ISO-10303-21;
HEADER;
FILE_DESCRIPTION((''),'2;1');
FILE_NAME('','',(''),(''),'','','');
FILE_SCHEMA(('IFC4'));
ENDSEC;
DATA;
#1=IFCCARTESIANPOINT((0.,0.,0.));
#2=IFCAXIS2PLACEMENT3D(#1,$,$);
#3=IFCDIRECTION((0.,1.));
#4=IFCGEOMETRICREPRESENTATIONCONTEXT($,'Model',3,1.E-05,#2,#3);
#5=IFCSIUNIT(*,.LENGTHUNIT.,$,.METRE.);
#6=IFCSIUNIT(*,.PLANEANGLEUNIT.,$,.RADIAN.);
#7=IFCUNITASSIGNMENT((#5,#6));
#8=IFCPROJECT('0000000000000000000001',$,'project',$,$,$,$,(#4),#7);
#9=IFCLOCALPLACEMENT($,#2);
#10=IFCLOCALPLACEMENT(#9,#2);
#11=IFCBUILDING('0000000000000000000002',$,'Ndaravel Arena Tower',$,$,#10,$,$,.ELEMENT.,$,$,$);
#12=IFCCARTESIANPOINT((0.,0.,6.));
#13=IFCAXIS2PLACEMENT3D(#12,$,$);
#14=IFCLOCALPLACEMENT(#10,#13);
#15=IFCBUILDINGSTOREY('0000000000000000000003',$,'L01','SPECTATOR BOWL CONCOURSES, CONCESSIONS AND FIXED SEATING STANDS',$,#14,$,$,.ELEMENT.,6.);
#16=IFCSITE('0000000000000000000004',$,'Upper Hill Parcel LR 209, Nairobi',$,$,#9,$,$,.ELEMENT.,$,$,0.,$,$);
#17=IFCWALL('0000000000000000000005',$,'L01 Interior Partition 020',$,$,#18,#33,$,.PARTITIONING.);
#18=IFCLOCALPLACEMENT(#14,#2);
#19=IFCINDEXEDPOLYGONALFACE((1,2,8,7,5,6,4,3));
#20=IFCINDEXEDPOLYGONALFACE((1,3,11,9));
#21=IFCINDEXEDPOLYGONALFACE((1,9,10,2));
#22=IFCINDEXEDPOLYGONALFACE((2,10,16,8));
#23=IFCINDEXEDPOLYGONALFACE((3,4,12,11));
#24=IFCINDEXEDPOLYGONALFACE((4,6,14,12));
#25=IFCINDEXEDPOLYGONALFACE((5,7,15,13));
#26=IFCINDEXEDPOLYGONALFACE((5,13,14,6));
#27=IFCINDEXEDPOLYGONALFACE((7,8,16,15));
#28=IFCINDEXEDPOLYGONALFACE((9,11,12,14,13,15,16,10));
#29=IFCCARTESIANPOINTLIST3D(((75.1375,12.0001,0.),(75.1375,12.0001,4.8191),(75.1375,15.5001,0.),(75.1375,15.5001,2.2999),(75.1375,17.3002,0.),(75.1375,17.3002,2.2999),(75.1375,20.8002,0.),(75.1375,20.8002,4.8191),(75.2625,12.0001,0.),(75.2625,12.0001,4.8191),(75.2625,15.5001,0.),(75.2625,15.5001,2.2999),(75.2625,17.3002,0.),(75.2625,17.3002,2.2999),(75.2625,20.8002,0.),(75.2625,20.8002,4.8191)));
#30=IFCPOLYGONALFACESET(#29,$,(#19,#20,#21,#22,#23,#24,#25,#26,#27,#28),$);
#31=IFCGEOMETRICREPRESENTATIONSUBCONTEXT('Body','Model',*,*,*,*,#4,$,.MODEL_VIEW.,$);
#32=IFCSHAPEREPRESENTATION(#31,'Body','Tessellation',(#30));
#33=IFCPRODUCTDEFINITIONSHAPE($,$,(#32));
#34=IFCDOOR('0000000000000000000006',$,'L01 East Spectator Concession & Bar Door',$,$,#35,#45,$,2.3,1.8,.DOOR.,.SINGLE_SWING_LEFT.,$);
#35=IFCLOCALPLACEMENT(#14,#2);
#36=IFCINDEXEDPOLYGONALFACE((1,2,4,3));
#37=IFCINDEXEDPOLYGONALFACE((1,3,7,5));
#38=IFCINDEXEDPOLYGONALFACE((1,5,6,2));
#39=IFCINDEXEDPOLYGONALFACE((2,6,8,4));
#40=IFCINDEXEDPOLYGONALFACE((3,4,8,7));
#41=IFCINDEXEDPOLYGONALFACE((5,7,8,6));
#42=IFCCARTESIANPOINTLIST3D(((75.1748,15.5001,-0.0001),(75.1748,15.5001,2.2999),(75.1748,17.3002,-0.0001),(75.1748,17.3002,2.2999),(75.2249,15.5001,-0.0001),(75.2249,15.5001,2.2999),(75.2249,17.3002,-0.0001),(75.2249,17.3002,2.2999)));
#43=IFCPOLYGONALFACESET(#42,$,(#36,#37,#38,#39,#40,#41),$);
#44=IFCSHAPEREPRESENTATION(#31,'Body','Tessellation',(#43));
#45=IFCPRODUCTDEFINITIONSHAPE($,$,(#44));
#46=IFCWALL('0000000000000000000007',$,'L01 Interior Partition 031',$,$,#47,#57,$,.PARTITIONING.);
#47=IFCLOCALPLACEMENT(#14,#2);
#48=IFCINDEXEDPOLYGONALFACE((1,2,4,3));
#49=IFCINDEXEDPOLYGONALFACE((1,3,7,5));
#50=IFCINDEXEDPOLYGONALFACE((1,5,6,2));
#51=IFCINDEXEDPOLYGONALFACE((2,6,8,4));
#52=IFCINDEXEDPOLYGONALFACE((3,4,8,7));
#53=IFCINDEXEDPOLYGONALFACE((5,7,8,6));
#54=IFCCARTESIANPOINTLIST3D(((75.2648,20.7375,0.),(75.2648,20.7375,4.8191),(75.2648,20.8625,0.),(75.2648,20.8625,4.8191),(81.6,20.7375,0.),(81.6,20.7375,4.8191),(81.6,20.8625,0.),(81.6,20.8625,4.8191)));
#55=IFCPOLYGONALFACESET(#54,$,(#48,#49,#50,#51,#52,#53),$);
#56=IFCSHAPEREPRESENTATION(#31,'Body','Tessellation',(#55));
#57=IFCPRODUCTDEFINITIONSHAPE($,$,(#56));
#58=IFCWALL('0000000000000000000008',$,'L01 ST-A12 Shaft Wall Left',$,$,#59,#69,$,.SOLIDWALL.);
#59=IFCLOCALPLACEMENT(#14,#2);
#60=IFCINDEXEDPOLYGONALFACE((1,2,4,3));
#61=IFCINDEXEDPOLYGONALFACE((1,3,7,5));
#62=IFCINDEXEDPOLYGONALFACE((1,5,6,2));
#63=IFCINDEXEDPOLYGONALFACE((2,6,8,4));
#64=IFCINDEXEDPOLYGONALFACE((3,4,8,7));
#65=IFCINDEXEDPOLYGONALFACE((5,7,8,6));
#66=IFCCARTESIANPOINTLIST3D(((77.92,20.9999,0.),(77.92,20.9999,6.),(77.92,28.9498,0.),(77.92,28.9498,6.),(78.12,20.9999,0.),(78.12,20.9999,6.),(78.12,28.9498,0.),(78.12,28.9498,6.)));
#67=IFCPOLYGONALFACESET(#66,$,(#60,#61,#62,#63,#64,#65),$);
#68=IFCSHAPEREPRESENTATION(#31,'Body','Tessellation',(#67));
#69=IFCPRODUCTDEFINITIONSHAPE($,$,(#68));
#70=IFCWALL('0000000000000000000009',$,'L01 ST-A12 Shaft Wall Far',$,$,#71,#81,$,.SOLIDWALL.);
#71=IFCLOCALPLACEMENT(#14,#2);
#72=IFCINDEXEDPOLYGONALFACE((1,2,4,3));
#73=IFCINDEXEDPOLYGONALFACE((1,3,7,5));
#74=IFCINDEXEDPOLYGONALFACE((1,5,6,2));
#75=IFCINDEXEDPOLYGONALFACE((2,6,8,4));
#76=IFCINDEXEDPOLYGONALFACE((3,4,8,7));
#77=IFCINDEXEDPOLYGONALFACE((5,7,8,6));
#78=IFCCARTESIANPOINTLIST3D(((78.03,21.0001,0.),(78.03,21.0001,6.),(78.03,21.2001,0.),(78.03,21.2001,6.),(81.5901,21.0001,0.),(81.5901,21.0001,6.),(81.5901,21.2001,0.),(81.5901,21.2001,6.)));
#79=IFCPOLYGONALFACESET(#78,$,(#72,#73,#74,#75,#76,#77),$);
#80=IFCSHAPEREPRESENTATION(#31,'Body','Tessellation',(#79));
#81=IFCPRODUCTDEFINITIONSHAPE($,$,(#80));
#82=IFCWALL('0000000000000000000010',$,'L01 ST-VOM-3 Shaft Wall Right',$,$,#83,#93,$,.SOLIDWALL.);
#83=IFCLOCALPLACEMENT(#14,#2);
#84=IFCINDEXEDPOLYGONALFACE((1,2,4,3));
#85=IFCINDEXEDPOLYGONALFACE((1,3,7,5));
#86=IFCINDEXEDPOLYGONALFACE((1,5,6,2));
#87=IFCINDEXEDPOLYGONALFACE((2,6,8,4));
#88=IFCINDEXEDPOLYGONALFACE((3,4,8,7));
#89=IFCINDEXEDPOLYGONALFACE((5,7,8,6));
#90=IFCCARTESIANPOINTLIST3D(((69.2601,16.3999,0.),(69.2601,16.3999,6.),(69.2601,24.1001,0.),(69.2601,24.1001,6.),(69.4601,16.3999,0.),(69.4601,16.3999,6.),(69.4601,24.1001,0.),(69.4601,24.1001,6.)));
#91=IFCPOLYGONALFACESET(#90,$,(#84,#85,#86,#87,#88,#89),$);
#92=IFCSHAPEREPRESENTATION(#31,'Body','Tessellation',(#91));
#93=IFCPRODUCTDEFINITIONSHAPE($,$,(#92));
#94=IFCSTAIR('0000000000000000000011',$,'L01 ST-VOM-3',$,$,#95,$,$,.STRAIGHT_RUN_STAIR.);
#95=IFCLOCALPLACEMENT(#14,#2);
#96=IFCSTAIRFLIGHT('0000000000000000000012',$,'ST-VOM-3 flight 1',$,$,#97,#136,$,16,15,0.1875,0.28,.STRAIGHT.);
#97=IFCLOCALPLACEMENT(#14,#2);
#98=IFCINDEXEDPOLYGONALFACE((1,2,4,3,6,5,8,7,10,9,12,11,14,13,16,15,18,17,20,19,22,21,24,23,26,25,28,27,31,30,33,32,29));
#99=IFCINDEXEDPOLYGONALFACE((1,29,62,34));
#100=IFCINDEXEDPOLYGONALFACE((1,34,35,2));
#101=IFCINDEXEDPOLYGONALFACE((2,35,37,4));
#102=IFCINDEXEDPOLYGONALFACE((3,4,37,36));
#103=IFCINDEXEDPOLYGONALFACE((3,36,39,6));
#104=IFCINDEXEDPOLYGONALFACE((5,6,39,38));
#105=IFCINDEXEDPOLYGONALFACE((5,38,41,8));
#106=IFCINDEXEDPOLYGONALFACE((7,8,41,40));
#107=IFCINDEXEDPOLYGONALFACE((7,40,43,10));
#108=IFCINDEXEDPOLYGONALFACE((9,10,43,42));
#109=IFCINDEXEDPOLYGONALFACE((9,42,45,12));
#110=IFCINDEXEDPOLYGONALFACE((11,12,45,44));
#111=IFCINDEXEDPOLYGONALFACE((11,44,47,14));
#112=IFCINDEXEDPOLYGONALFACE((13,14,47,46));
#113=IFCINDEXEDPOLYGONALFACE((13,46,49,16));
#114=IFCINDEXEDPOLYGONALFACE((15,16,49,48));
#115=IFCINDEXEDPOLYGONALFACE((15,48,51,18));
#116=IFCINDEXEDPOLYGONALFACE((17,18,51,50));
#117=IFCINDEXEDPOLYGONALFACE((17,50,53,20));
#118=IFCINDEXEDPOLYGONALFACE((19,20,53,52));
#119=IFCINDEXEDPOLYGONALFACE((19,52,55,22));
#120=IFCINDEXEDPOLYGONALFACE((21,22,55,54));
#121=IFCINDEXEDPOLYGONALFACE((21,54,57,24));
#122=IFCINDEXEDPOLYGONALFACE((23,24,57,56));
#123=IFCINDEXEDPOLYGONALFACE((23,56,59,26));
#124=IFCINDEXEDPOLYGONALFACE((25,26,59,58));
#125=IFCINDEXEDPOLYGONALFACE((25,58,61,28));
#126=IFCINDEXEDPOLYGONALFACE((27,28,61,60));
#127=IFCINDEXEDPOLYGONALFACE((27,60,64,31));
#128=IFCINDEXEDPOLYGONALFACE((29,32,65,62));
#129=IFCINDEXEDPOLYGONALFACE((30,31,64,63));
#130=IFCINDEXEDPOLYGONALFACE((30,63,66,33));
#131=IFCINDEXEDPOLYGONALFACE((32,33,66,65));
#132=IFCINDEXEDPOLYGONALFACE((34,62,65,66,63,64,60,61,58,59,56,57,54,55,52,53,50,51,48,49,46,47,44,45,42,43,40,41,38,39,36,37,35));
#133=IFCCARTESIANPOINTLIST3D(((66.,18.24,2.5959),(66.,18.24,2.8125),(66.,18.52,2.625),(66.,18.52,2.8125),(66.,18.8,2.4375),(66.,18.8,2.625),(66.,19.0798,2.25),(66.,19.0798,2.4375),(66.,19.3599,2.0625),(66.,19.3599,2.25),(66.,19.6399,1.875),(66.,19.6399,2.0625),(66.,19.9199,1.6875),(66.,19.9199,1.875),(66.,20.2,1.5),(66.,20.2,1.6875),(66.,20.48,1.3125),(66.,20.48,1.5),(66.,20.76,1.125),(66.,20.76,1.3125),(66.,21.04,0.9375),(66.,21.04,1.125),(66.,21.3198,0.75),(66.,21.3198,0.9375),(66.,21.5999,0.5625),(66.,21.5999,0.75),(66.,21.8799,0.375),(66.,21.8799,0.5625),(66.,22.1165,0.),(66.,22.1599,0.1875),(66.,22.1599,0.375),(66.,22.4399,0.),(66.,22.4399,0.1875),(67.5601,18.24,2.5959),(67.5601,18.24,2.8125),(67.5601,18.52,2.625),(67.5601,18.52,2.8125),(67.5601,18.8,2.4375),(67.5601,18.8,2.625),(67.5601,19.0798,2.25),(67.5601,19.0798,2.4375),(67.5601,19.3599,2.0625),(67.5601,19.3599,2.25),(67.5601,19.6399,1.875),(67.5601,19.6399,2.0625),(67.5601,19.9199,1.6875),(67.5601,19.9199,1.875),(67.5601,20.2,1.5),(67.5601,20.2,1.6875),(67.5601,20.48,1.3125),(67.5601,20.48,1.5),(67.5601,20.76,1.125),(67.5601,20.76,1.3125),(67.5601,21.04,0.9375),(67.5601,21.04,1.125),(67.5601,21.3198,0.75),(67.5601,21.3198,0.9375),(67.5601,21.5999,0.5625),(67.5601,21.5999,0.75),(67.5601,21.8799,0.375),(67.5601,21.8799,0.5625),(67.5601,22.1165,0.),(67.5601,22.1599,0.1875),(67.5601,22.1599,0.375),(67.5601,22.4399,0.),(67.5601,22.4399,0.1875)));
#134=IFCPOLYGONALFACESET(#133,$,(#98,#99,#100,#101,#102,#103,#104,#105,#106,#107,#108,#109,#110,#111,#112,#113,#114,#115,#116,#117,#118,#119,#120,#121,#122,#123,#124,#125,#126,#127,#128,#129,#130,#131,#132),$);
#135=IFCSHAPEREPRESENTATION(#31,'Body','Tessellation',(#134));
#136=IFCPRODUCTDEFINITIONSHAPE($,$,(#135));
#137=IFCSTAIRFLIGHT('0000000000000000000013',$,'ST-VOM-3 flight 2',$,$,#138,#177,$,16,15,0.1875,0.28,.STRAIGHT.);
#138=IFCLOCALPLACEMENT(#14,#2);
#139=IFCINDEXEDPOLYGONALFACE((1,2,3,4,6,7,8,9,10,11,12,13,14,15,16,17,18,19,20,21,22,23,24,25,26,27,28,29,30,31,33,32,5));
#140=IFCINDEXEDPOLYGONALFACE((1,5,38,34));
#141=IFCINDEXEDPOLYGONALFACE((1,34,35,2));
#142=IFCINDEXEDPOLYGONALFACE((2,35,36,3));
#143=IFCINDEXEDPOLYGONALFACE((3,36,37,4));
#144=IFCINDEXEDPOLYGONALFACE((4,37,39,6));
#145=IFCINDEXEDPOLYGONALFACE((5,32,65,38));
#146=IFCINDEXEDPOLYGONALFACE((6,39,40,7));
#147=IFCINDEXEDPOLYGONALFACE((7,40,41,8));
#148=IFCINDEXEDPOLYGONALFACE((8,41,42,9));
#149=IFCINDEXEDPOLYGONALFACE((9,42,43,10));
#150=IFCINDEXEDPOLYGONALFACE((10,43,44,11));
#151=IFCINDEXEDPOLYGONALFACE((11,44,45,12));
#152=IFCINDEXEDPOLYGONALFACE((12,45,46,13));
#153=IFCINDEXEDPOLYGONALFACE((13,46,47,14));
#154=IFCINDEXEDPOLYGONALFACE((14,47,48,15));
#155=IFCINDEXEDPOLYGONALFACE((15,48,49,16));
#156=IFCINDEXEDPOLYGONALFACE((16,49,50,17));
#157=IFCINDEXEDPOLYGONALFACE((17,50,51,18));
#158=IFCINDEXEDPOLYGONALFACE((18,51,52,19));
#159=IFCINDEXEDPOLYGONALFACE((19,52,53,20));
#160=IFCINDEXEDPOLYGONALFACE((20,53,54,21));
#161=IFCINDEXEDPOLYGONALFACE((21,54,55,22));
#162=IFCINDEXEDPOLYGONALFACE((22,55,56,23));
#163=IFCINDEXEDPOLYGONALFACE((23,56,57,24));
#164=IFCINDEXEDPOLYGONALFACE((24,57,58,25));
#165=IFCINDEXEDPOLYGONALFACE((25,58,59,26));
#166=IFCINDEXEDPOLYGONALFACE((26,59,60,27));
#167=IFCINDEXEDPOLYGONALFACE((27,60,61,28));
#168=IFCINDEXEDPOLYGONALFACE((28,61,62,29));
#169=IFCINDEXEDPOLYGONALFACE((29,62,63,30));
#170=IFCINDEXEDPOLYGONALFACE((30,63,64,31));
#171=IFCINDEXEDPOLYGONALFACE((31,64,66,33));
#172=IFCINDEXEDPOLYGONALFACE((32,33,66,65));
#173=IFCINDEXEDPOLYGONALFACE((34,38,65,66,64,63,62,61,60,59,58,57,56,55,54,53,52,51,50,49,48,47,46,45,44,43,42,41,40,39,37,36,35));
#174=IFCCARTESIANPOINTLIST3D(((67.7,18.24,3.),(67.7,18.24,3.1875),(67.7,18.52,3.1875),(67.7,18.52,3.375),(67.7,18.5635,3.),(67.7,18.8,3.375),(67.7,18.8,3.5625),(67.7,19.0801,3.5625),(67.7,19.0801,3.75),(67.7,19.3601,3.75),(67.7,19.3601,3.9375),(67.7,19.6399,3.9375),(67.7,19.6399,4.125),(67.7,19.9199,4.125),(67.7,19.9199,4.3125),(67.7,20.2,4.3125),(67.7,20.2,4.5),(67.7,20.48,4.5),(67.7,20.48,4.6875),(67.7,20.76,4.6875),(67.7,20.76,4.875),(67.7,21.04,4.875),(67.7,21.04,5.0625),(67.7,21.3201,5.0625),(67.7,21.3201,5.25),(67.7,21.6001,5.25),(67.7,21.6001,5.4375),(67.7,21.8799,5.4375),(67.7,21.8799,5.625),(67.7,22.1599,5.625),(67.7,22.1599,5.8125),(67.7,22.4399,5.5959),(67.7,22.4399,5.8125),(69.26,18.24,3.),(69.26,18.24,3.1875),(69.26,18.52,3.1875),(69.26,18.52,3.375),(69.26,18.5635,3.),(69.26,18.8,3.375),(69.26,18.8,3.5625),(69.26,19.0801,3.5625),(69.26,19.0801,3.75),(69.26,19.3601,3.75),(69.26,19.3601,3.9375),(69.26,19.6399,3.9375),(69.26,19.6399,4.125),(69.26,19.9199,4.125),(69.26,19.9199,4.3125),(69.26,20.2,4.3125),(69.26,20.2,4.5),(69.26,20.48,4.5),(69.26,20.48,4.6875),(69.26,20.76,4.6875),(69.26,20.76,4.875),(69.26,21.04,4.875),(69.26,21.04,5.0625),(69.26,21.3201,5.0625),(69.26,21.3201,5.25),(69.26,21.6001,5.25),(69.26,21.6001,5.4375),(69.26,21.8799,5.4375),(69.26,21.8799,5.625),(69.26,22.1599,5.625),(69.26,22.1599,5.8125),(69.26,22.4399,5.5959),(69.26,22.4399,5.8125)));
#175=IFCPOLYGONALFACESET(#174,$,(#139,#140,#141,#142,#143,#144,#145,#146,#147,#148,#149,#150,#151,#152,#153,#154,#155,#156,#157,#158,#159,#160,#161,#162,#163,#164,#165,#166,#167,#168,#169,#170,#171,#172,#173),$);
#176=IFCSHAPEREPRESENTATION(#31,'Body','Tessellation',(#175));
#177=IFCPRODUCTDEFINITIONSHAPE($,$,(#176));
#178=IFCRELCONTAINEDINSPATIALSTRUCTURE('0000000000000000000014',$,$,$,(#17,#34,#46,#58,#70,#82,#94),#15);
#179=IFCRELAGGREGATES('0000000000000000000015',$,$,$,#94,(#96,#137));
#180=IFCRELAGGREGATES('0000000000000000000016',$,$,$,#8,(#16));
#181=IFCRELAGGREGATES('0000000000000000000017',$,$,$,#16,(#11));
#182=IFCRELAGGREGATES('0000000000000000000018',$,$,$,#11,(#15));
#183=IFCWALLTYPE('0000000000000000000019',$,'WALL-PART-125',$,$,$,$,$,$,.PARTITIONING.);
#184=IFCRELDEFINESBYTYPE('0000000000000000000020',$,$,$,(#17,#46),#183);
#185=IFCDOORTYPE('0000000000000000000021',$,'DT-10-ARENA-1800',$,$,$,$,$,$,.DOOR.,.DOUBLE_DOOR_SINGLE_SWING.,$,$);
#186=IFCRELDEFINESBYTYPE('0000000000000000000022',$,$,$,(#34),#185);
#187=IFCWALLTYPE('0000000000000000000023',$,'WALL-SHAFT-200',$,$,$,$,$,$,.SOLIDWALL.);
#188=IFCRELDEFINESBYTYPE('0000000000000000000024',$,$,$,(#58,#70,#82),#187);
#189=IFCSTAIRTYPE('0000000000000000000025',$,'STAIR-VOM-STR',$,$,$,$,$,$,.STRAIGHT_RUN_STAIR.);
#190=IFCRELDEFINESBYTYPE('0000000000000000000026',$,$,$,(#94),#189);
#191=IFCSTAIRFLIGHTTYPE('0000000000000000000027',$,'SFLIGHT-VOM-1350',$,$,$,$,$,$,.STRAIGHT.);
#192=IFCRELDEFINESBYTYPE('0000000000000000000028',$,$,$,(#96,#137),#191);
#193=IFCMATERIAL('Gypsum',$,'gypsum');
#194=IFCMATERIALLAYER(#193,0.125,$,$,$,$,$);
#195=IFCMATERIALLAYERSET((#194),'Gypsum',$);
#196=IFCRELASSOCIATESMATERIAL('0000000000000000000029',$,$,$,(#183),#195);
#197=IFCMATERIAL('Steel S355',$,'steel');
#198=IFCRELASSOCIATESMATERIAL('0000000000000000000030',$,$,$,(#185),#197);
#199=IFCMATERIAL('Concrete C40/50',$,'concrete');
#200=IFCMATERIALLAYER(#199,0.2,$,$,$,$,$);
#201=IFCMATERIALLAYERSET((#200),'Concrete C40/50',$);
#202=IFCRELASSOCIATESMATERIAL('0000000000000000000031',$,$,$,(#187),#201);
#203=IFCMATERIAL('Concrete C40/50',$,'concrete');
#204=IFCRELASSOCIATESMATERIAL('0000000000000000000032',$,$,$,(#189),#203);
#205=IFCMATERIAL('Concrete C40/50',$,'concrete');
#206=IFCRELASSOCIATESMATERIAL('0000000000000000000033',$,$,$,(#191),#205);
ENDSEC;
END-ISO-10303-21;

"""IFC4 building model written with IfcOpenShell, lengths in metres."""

from ifc_helpers import new_model, si_unit, direction, frame, frame_2d, origin, place, context, subcontext, project, spatial, polyline, rectangle, outline, extrude, material, layer, layer_set, type_object, element, fill, aggregate, save


model = new_model("IFC4")

# Units and contexts
model_context = context("Model", 3, precision=1e-05, world=origin(), true_north=direction((0.0, 1.0)))
body_context = subcontext(model_context, "Body", "Model", "MODEL_VIEW")
ifc_project = project(units=[si_unit("LENGTHUNIT", "METRE"), si_unit("PLANEANGLEUNIT", "RADIAN")], contexts=[model_context])

# Site, building, storey
site_placement = place(None, origin())
site = spatial("IfcSite", under=ifc_project, at=site_placement, Name="Upper Hill Parcel LR 209, Nairobi", CompositionType="ELEMENT", RefElevation=0.0)
building_placement = place(site_placement, origin())
building = spatial("IfcBuilding", under=site, at=building_placement, Name="Ndaravel Arena Tower", CompositionType="ELEMENT")
storey_placement = place(building_placement, frame((0.0, 0.0, 6.0)))
storey = spatial("IfcBuildingStorey", under=building, at=storey_placement, Name="L01", Description="SPECTATOR BOWL CONCOURSES, CONCESSIONS AND FIXED SEATING STANDS", CompositionType="ELEMENT", Elevation=6.0)

# Wall, opening, door
ifc_material_1 = material(Name="Gypsum", Category="gypsum")
ifc_layer_1 = layer(ifc_material_1, 0.125)
ifc_layer_set_1 = layer_set([ifc_layer_1], Name="Gypsum")
wall_type_1 = type_object("IfcWallType", Name="WALL-PART-125", PredefinedType="PARTITIONING", material=ifc_layer_set_1)
wall_1_placement = place(storey_placement, frame((75.2, 20.8, 0.0), z_axis=(0.0, 0.0, 1.0), x_axis=(0.0, -1.0, 0.0)))
wall_1 = element("IfcWall", 1, at=wall_1_placement, inside=storey, type_object=wall_type_1, Name="L01 Interior Partition 020", PredefinedType="PARTITIONING", context=body_context, shape_type="SweptSolid", body=[
    extrude(rectangle(XDim=8.8, YDim=0.125, at=frame_2d((4.3999, 0.0))), origin(), (0.0, 0.0, 1.0), 4.8191),
])
opening_placement = place(wall_1_placement, frame((3.5, 0.0, 0.0)))
opening = element("IfcOpeningElement", 2, at=opening_placement, cuts=wall_1, PredefinedType="OPENING", context=body_context, shape_type="SweptSolid", body=[
    extrude(rectangle(XDim=1.8, YDim=2.3, at=frame_2d((0.8999, 1.1499))), frame((0.0, 0.0625, 0.0), z_axis=(0.0, -1.0, 0.0), x_axis=(1.0, 0.0, 0.0)), (0.0, 0.0, 1.0), 0.125),
])
ifc_material_2 = material(Name="Steel S355", Category="steel")
door_type = type_object("IfcDoorType", Name="DT-10-ARENA-1800", OperationType="DOUBLE_DOOR_SINGLE_SWING", PredefinedType="DOOR", material=ifc_material_2)
door_placement = place(opening_placement, origin())
door = element("IfcDoor", 3, at=door_placement, inside=storey, type_object=door_type, Name="L01 East Spectator Concession & Bar Door", OperationType="SINGLE_SWING_LEFT", OverallHeight=2.3, OverallWidth=1.8, PredefinedType="DOOR", context=body_context, shape_type="SweptSolid", body=[
    extrude(rectangle(XDim=1.8, YDim=2.3, at=frame_2d((0.8999, 1.1499))), frame((0.0, 0.0249, 0.0), z_axis=(0.0, -1.0, 0.0), x_axis=(1.0, 0.0, 0.0)), (0.0, 0.0, 1.0), 0.05),
])
fill(opening, door)

# Walls
wall_2_placement = place(storey_placement, frame((75.2649, 20.8, 0.0), z_axis=(0.0, 0.0, 1.0), x_axis=(1.0, 0.0, 0.0)))
element("IfcWall", 4, at=wall_2_placement, inside=storey, type_object=wall_type_1, Name="L01 Interior Partition 031", PredefinedType="PARTITIONING", context=body_context, shape_type="SweptSolid", body=[
    extrude(rectangle(XDim=6.3352, YDim=0.125, at=frame_2d((3.1675, 0.0))), origin(), (0.0, 0.0, 1.0), 4.8191),
])
ifc_material_3 = material(Name="Concrete C40/50", Category="concrete")
ifc_layer_2 = layer(ifc_material_3, 0.2)
ifc_layer_set_2 = layer_set([ifc_layer_2], Name="Concrete C40/50")
wall_type_2 = type_object("IfcWallType", Name="WALL-SHAFT-200", PredefinedType="SOLIDWALL", material=ifc_layer_set_2)
wall_3_placement = place(storey_placement, frame((78.02, 28.95, 0.0), z_axis=(0.0, 0.0, 1.0), x_axis=(0.0, -1.0, 0.0)))
element("IfcWall", 5, at=wall_3_placement, inside=storey, type_object=wall_type_2, Name="L01 ST-A12 Shaft Wall Left", PredefinedType="SOLIDWALL", context=body_context, shape_type="SweptSolid", body=[
    extrude(rectangle(XDim=7.95, YDim=0.2, at=frame_2d((3.9751, 0.0))), origin(), (0.0, 0.0, 1.0), 6.0),
])
wall_4_placement = place(storey_placement, frame((78.03, 21.1001, 0.0), z_axis=(0.0, 0.0, 1.0), x_axis=(1.0, 0.0, 0.0)))
element("IfcWall", 6, at=wall_4_placement, inside=storey, type_object=wall_type_2, Name="L01 ST-A12 Shaft Wall Far", PredefinedType="SOLIDWALL", context=body_context, shape_type="SweptSolid", body=[
    extrude(rectangle(XDim=3.5601, YDim=0.2, at=frame_2d((1.78, 0.0))), origin(), (0.0, 0.0, 1.0), 6.0),
])
wall_5_placement = place(storey_placement, frame((69.3601, 24.1001, 0.0), z_axis=(0.0, 0.0, 1.0), x_axis=(0.0, -1.0, 0.0)))
element("IfcWall", 7, at=wall_5_placement, inside=storey, type_object=wall_type_2, Name="L01 ST-VOM-3 Shaft Wall Right", PredefinedType="SOLIDWALL", context=body_context, shape_type="SweptSolid", body=[
    extrude(rectangle(XDim=7.7002, YDim=0.2, at=frame_2d((3.8501, 0.0))), origin(), (0.0, 0.0, 1.0), 6.0),
])

# Stair, stair flights
ifc_material_4 = material(Name="Concrete C40/50", Category="concrete")
stair_type = type_object("IfcStairType", Name="STAIR-VOM-STR", PredefinedType="STRAIGHT_RUN_STAIR", material=ifc_material_4)
stair_placement = place(storey_placement, origin())
stair = element("IfcStair", 8, at=stair_placement, inside=storey, type_object=stair_type, Name="L01 ST-VOM-3", PredefinedType="STRAIGHT_RUN_STAIR")
ifc_material_5 = material(Name="Concrete C40/50", Category="concrete")
stair_flight_type = type_object("IfcStairFlightType", Name="SFLIGHT-VOM-1350", PredefinedType="STRAIGHT", material=ifc_material_5)
stair_flight_1_placement = place(storey_placement, frame((66.78, 22.4399, 0.0), z_axis=(0.0, 0.0, 1.0), x_axis=(0.0, -1.0, 0.0)))
stair_flight_1 = element("IfcStairFlight", 9, at=stair_flight_1_placement, type_object=stair_flight_type, Name="ST-VOM-3 flight 1", NumberOfRisers=16, NumberOfTreads=15, PredefinedType="STRAIGHT", RiserHeight=0.1875, TreadLength=0.28, context=body_context, shape_type="SweptSolid", body=[
    extrude(outline(polyline([(0.0, 0.0), (0.0, 0.1875), (0.28, 0.1875), (0.28, 0.375), (0.5601, 0.375), (0.5601, 0.5625), (0.8401, 0.5625), (0.8401, 0.75), (1.1201, 0.75), (1.1201, 0.9375), (1.3999, 0.9375), (1.3999, 1.125), (1.6799, 1.125), (1.6799, 1.3125), (1.96, 1.3125), (1.96, 1.5), (2.24, 1.5), (2.24, 1.6875), (2.52, 1.6875), (2.52, 1.875), (2.8, 1.875), (2.8, 2.0625), (3.0801, 2.0625), (3.0801, 2.25), (3.3601, 2.25), (3.3601, 2.4375), (3.6399, 2.4375), (3.6399, 2.625), (3.9199, 2.625), (3.9199, 2.8125), (4.2, 2.8125), (4.2, 3.0), (4.2, 2.5959), (0.3235, 0.0), (0.0, 0.0)])), frame((0.0, 0.78, 0.0), z_axis=(0.0, -1.0, 0.0), x_axis=(1.0, 0.0, 0.0)), (0.0, 0.0, 1.0), 1.5601),
])
stair_flight_2_placement = place(storey_placement, frame((68.48, 18.24, 3.0), z_axis=(0.0, 0.0, 1.0), x_axis=(0.0, 1.0, 0.0)))
stair_flight_2 = element("IfcStairFlight", 10, at=stair_flight_2_placement, type_object=stair_flight_type, Name="ST-VOM-3 flight 2", NumberOfRisers=16, NumberOfTreads=15, PredefinedType="STRAIGHT", RiserHeight=0.1875, TreadLength=0.28, context=body_context, shape_type="SweptSolid", body=[
    extrude(outline(polyline([(0.0, 0.0), (0.0, 0.1875), (0.28, 0.1875), (0.28, 0.375), (0.5601, 0.375), (0.5601, 0.5625), (0.8401, 0.5625), (0.8401, 0.75), (1.1201, 0.75), (1.1201, 0.9375), (1.3999, 0.9375), (1.3999, 1.125), (1.6799, 1.125), (1.6799, 1.3125), (1.96, 1.3125), (1.96, 1.5), (2.24, 1.5), (2.24, 1.6875), (2.52, 1.6875), (2.52, 1.875), (2.8, 1.875), (2.8, 2.0625), (3.0801, 2.0625), (3.0801, 2.25), (3.3601, 2.25), (3.3601, 2.4375), (3.6399, 2.4375), (3.6399, 2.625), (3.9199, 2.625), (3.9199, 2.8125), (4.2, 2.8125), (4.2, 3.0), (4.2, 2.5959), (0.3235, 0.0), (0.0, 0.0)])), frame((0.0, 0.78, 0.0), z_axis=(0.0, -1.0, 0.0), x_axis=(1.0, 0.0, 0.0)), (0.0, 0.0, 1.0), 1.5601),
])
aggregate(stair, [stair_flight_1, stair_flight_2])

save(model, "model.ifc")
